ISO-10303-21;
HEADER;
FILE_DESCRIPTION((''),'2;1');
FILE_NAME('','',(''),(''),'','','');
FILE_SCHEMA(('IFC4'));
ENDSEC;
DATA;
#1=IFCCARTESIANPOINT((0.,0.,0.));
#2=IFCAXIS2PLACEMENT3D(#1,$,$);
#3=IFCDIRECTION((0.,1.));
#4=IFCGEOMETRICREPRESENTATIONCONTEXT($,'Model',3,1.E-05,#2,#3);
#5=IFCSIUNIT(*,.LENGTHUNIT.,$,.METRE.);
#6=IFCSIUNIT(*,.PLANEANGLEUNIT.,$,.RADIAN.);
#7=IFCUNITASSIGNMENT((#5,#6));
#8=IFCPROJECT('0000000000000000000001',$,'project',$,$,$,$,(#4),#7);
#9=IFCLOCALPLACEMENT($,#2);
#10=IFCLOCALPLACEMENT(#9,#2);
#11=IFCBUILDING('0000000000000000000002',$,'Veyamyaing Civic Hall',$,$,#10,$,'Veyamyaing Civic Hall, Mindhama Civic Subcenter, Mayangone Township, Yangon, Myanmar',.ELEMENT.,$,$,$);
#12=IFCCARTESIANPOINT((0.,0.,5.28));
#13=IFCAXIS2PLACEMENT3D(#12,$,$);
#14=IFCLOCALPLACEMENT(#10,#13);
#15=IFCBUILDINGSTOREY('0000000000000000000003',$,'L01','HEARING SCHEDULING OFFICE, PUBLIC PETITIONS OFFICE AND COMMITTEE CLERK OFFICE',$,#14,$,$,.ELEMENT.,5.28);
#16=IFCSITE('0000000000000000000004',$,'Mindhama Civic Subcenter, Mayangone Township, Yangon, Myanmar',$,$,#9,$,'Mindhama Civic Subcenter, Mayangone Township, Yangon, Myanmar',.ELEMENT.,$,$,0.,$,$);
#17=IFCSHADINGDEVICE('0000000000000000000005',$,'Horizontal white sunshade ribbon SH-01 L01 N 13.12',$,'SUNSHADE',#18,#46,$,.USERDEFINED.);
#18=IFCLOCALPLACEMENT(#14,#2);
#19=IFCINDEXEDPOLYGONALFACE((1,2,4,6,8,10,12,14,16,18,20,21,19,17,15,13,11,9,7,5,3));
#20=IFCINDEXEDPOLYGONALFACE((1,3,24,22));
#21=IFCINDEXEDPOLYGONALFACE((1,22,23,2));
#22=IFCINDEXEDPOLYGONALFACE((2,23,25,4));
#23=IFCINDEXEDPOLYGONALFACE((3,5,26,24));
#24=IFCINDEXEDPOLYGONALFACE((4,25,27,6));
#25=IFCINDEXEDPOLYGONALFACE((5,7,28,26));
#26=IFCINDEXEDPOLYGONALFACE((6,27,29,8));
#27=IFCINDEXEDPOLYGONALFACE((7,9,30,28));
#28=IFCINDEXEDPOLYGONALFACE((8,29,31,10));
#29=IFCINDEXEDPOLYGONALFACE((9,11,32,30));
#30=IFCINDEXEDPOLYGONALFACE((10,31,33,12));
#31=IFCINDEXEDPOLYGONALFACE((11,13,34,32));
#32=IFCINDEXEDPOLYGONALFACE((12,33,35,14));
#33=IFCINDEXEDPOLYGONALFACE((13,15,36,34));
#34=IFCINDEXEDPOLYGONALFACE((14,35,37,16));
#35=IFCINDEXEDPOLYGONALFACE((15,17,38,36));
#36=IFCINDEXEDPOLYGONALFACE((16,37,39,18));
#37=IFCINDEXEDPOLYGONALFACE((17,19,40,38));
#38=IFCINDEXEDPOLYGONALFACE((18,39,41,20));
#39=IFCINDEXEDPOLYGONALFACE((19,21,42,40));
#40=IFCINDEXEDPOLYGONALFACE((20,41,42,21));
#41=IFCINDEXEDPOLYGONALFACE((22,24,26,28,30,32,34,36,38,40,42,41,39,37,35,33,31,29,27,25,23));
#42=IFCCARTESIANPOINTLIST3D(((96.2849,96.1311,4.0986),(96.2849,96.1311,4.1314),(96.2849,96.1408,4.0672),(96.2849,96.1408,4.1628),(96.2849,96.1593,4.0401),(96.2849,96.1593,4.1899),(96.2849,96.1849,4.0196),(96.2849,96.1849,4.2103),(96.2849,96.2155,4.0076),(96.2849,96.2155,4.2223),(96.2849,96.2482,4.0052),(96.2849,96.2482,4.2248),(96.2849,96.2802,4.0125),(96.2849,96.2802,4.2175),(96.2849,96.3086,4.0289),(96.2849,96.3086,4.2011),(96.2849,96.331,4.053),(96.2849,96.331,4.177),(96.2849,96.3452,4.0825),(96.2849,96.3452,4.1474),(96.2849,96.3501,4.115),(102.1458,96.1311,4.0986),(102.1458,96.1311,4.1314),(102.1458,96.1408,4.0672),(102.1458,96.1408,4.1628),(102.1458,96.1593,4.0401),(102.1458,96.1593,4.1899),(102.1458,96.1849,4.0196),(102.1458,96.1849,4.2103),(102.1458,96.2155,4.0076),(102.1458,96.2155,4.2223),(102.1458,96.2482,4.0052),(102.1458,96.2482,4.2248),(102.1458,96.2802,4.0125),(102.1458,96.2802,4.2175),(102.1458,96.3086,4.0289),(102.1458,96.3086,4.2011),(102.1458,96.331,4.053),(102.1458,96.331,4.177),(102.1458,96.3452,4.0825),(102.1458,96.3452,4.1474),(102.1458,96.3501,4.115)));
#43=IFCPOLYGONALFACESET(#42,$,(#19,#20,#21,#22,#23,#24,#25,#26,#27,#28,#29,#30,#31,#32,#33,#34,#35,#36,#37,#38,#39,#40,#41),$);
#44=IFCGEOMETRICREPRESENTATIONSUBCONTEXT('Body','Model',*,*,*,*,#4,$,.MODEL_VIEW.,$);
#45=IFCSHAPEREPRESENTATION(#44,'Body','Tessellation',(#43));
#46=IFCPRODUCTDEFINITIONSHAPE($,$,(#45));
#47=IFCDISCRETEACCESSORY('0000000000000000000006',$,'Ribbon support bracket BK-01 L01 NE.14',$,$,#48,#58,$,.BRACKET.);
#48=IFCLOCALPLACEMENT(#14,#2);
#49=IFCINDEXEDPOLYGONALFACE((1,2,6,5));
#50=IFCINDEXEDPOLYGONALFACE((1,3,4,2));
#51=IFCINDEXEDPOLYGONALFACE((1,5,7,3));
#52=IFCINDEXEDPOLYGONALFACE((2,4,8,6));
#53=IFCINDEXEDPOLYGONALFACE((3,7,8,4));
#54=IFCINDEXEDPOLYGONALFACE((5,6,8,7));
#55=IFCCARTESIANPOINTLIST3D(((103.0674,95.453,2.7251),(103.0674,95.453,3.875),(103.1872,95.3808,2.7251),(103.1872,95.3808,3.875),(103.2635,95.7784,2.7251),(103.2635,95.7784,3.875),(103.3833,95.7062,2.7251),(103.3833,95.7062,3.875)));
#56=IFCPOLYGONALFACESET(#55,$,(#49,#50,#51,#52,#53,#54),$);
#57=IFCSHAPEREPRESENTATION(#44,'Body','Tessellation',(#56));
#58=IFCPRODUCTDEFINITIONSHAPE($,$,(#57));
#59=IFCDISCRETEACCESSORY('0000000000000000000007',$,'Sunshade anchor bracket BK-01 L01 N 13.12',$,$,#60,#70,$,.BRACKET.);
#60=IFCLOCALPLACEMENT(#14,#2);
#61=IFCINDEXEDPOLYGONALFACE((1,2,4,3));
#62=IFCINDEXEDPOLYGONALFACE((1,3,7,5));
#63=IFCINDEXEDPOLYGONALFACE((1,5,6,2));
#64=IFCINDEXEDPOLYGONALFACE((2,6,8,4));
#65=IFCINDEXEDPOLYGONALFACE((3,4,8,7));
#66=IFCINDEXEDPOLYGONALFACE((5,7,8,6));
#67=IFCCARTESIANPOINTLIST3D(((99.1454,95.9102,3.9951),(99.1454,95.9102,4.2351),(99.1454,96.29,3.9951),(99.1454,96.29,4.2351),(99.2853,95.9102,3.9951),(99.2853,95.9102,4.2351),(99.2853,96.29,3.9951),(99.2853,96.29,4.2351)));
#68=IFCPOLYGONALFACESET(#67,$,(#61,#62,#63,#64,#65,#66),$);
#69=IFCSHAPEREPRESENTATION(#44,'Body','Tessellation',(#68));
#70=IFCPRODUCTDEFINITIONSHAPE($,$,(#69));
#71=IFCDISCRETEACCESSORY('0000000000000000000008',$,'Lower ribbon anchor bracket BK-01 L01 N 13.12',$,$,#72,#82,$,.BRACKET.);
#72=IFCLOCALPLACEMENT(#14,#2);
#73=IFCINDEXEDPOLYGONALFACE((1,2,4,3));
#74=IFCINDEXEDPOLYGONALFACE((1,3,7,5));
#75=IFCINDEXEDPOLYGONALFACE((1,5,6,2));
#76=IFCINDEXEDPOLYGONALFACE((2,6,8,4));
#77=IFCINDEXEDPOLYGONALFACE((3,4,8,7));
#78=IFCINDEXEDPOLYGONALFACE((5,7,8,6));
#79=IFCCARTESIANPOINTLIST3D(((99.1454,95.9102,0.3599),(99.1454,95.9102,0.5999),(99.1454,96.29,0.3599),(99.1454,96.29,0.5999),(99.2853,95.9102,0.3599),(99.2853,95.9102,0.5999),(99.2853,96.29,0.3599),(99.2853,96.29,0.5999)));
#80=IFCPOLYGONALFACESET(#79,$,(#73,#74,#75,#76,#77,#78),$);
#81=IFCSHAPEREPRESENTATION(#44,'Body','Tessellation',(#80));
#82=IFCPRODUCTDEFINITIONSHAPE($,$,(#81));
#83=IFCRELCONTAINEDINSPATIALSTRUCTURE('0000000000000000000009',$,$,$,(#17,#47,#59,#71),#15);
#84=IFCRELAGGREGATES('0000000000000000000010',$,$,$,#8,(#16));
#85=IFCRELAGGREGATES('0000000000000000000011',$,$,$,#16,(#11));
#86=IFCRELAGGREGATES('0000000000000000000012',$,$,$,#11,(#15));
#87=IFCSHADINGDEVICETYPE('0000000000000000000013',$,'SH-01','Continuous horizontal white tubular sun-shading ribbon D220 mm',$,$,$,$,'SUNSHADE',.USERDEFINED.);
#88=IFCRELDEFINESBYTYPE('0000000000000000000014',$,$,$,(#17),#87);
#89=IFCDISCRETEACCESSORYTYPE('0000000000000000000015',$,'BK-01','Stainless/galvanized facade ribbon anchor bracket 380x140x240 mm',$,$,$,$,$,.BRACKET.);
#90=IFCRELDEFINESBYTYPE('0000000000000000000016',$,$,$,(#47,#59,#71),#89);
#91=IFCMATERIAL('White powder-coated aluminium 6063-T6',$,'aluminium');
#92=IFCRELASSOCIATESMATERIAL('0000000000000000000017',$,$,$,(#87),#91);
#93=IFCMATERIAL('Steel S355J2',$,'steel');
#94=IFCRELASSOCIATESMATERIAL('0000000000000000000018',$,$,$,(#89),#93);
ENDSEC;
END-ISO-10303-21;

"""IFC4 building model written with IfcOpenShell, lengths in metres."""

from ifc_helpers import new_model, si_unit, direction, frame, origin, origin_2d, place, context, subcontext, project, spatial, rectangle, circle, extrude, material, material_profile, profile_set, type_object, element, save


model = new_model("IFC4")

# Units and contexts
model_context = context("Model", 3, precision=1e-05, world=origin(), true_north=direction((0.0, 1.0)))
body_context = subcontext(model_context, "Body", "Model", "MODEL_VIEW")
ifc_project = project(units=[si_unit("LENGTHUNIT", "METRE"), si_unit("PLANEANGLEUNIT", "RADIAN")], contexts=[model_context])

# Site, building, storey
site_placement = place(None, origin())
site = spatial("IfcSite", under=ifc_project, at=site_placement, Name="Mindhama Civic Subcenter, Mayangone Township, Yangon, Myanmar", LongName="Mindhama Civic Subcenter, Mayangone Township, Yangon, Myanmar", CompositionType="ELEMENT", RefElevation=0.0)
building_placement = place(site_placement, origin())
building = spatial("IfcBuilding", under=site, at=building_placement, Name="Veyamyaing Civic Hall", LongName="Veyamyaing Civic Hall, Mindhama Civic Subcenter, Mayangone Township, Yangon, Myanmar", CompositionType="ELEMENT")
storey_placement = place(building_placement, frame((0.0, 0.0, 5.28)))
storey = spatial("IfcBuildingStorey", under=building, at=storey_placement, Name="L01", Description="HEARING SCHEDULING OFFICE, PUBLIC PETITIONS OFFICE AND COMMITTEE CLERK OFFICE", CompositionType="ELEMENT", Elevation=5.28)

# Shared definitions
ifc_material_1 = material(Name="White powder-coated aluminium 6063-T6", Category="aluminium")

# Shading device
ifc_material_profile_1 = material_profile(ifc_material_1, circle(Radius=0.1101, at=origin_2d()), Name="SHADE-TUBE-220")
ifc_profile_set_1 = profile_set([ifc_material_profile_1], Name="White powder-coated aluminium 6063-T6")
shading_device_type = type_object("IfcShadingDeviceType", Name="SH-01", Description="Continuous horizontal white tubular sun-shading ribbon D220 mm", ElementType="SUNSHADE", PredefinedType="USERDEFINED", material=ifc_profile_set_1)
shading_device_1_placement = place(storey_placement, frame((96.2849, 96.24, 4.115), z_axis=(1.0, 0.0, 0.0), x_axis=(0.0, 1.0, 0.0)))
element("IfcShadingDevice", 1, at=shading_device_1_placement, inside=storey, type_object=shading_device_type, Name="Horizontal white sunshade ribbon SH-01 L01 N 13.12", ObjectType="SUNSHADE", PredefinedType="USERDEFINED", context=body_context, shape_type="SweptSolid", body=[
    extrude(circle(Radius=0.1101, at=origin_2d()), origin(), (0.0, 0.0, 1.0), 5.8608),
])

# Discrete accessories
ifc_material_2 = material(Name="Steel S355J2", Category="steel")
discrete_accessory_type = type_object("IfcDiscreteAccessoryType", Name="BK-01", Description="Stainless/galvanized facade ribbon anchor bracket 380x140x240 mm", PredefinedType="BRACKET", material=ifc_material_2)
discrete_accessory_placement = place(storey_placement, frame((103.2253, 95.5796, 2.7251), z_axis=(0.0, 0.0, 1.0), x_axis=(0.516106, 0.856525, 0.0)))
element("IfcDiscreteAccessory", 2, at=discrete_accessory_placement, inside=storey, type_object=discrete_accessory_type, Name="Ribbon support bracket BK-01 L01 NE.14", PredefinedType="BRACKET", context=body_context, shape_type="SweptSolid", body=[
    extrude(rectangle(XDim=0.3799, YDim=0.1399, at=origin_2d()), origin(), (0.0, 0.0, 1.0), 1.1499),
])
for number, where, z_axis, x_axis, name in (
    (3, (99.2153, 96.1001, 3.9951), (0.0, 0.0, 1.0), (0.0, 1.0, 0.0), "Sunshade anchor bracket BK-01 L01 N 13.12"),
    (4, (99.2153, 96.1001, 0.3599), (0.0, 0.0, 1.0), (0.0, 1.0, 0.0), "Lower ribbon anchor bracket BK-01 L01 N 13.12"),
):
    element("IfcDiscreteAccessory", number, at=place(storey_placement, frame(where, z_axis=z_axis, x_axis=x_axis)), inside=storey, type_object=discrete_accessory_type, Name=name, PredefinedType="BRACKET", context=body_context, shape_type="SweptSolid", body=[
        extrude(rectangle(XDim=0.3799, YDim=0.1399, at=origin_2d()), origin(), (0.0, 0.0, 1.0), 0.24),
    ])

save(model, "model.ifc")
